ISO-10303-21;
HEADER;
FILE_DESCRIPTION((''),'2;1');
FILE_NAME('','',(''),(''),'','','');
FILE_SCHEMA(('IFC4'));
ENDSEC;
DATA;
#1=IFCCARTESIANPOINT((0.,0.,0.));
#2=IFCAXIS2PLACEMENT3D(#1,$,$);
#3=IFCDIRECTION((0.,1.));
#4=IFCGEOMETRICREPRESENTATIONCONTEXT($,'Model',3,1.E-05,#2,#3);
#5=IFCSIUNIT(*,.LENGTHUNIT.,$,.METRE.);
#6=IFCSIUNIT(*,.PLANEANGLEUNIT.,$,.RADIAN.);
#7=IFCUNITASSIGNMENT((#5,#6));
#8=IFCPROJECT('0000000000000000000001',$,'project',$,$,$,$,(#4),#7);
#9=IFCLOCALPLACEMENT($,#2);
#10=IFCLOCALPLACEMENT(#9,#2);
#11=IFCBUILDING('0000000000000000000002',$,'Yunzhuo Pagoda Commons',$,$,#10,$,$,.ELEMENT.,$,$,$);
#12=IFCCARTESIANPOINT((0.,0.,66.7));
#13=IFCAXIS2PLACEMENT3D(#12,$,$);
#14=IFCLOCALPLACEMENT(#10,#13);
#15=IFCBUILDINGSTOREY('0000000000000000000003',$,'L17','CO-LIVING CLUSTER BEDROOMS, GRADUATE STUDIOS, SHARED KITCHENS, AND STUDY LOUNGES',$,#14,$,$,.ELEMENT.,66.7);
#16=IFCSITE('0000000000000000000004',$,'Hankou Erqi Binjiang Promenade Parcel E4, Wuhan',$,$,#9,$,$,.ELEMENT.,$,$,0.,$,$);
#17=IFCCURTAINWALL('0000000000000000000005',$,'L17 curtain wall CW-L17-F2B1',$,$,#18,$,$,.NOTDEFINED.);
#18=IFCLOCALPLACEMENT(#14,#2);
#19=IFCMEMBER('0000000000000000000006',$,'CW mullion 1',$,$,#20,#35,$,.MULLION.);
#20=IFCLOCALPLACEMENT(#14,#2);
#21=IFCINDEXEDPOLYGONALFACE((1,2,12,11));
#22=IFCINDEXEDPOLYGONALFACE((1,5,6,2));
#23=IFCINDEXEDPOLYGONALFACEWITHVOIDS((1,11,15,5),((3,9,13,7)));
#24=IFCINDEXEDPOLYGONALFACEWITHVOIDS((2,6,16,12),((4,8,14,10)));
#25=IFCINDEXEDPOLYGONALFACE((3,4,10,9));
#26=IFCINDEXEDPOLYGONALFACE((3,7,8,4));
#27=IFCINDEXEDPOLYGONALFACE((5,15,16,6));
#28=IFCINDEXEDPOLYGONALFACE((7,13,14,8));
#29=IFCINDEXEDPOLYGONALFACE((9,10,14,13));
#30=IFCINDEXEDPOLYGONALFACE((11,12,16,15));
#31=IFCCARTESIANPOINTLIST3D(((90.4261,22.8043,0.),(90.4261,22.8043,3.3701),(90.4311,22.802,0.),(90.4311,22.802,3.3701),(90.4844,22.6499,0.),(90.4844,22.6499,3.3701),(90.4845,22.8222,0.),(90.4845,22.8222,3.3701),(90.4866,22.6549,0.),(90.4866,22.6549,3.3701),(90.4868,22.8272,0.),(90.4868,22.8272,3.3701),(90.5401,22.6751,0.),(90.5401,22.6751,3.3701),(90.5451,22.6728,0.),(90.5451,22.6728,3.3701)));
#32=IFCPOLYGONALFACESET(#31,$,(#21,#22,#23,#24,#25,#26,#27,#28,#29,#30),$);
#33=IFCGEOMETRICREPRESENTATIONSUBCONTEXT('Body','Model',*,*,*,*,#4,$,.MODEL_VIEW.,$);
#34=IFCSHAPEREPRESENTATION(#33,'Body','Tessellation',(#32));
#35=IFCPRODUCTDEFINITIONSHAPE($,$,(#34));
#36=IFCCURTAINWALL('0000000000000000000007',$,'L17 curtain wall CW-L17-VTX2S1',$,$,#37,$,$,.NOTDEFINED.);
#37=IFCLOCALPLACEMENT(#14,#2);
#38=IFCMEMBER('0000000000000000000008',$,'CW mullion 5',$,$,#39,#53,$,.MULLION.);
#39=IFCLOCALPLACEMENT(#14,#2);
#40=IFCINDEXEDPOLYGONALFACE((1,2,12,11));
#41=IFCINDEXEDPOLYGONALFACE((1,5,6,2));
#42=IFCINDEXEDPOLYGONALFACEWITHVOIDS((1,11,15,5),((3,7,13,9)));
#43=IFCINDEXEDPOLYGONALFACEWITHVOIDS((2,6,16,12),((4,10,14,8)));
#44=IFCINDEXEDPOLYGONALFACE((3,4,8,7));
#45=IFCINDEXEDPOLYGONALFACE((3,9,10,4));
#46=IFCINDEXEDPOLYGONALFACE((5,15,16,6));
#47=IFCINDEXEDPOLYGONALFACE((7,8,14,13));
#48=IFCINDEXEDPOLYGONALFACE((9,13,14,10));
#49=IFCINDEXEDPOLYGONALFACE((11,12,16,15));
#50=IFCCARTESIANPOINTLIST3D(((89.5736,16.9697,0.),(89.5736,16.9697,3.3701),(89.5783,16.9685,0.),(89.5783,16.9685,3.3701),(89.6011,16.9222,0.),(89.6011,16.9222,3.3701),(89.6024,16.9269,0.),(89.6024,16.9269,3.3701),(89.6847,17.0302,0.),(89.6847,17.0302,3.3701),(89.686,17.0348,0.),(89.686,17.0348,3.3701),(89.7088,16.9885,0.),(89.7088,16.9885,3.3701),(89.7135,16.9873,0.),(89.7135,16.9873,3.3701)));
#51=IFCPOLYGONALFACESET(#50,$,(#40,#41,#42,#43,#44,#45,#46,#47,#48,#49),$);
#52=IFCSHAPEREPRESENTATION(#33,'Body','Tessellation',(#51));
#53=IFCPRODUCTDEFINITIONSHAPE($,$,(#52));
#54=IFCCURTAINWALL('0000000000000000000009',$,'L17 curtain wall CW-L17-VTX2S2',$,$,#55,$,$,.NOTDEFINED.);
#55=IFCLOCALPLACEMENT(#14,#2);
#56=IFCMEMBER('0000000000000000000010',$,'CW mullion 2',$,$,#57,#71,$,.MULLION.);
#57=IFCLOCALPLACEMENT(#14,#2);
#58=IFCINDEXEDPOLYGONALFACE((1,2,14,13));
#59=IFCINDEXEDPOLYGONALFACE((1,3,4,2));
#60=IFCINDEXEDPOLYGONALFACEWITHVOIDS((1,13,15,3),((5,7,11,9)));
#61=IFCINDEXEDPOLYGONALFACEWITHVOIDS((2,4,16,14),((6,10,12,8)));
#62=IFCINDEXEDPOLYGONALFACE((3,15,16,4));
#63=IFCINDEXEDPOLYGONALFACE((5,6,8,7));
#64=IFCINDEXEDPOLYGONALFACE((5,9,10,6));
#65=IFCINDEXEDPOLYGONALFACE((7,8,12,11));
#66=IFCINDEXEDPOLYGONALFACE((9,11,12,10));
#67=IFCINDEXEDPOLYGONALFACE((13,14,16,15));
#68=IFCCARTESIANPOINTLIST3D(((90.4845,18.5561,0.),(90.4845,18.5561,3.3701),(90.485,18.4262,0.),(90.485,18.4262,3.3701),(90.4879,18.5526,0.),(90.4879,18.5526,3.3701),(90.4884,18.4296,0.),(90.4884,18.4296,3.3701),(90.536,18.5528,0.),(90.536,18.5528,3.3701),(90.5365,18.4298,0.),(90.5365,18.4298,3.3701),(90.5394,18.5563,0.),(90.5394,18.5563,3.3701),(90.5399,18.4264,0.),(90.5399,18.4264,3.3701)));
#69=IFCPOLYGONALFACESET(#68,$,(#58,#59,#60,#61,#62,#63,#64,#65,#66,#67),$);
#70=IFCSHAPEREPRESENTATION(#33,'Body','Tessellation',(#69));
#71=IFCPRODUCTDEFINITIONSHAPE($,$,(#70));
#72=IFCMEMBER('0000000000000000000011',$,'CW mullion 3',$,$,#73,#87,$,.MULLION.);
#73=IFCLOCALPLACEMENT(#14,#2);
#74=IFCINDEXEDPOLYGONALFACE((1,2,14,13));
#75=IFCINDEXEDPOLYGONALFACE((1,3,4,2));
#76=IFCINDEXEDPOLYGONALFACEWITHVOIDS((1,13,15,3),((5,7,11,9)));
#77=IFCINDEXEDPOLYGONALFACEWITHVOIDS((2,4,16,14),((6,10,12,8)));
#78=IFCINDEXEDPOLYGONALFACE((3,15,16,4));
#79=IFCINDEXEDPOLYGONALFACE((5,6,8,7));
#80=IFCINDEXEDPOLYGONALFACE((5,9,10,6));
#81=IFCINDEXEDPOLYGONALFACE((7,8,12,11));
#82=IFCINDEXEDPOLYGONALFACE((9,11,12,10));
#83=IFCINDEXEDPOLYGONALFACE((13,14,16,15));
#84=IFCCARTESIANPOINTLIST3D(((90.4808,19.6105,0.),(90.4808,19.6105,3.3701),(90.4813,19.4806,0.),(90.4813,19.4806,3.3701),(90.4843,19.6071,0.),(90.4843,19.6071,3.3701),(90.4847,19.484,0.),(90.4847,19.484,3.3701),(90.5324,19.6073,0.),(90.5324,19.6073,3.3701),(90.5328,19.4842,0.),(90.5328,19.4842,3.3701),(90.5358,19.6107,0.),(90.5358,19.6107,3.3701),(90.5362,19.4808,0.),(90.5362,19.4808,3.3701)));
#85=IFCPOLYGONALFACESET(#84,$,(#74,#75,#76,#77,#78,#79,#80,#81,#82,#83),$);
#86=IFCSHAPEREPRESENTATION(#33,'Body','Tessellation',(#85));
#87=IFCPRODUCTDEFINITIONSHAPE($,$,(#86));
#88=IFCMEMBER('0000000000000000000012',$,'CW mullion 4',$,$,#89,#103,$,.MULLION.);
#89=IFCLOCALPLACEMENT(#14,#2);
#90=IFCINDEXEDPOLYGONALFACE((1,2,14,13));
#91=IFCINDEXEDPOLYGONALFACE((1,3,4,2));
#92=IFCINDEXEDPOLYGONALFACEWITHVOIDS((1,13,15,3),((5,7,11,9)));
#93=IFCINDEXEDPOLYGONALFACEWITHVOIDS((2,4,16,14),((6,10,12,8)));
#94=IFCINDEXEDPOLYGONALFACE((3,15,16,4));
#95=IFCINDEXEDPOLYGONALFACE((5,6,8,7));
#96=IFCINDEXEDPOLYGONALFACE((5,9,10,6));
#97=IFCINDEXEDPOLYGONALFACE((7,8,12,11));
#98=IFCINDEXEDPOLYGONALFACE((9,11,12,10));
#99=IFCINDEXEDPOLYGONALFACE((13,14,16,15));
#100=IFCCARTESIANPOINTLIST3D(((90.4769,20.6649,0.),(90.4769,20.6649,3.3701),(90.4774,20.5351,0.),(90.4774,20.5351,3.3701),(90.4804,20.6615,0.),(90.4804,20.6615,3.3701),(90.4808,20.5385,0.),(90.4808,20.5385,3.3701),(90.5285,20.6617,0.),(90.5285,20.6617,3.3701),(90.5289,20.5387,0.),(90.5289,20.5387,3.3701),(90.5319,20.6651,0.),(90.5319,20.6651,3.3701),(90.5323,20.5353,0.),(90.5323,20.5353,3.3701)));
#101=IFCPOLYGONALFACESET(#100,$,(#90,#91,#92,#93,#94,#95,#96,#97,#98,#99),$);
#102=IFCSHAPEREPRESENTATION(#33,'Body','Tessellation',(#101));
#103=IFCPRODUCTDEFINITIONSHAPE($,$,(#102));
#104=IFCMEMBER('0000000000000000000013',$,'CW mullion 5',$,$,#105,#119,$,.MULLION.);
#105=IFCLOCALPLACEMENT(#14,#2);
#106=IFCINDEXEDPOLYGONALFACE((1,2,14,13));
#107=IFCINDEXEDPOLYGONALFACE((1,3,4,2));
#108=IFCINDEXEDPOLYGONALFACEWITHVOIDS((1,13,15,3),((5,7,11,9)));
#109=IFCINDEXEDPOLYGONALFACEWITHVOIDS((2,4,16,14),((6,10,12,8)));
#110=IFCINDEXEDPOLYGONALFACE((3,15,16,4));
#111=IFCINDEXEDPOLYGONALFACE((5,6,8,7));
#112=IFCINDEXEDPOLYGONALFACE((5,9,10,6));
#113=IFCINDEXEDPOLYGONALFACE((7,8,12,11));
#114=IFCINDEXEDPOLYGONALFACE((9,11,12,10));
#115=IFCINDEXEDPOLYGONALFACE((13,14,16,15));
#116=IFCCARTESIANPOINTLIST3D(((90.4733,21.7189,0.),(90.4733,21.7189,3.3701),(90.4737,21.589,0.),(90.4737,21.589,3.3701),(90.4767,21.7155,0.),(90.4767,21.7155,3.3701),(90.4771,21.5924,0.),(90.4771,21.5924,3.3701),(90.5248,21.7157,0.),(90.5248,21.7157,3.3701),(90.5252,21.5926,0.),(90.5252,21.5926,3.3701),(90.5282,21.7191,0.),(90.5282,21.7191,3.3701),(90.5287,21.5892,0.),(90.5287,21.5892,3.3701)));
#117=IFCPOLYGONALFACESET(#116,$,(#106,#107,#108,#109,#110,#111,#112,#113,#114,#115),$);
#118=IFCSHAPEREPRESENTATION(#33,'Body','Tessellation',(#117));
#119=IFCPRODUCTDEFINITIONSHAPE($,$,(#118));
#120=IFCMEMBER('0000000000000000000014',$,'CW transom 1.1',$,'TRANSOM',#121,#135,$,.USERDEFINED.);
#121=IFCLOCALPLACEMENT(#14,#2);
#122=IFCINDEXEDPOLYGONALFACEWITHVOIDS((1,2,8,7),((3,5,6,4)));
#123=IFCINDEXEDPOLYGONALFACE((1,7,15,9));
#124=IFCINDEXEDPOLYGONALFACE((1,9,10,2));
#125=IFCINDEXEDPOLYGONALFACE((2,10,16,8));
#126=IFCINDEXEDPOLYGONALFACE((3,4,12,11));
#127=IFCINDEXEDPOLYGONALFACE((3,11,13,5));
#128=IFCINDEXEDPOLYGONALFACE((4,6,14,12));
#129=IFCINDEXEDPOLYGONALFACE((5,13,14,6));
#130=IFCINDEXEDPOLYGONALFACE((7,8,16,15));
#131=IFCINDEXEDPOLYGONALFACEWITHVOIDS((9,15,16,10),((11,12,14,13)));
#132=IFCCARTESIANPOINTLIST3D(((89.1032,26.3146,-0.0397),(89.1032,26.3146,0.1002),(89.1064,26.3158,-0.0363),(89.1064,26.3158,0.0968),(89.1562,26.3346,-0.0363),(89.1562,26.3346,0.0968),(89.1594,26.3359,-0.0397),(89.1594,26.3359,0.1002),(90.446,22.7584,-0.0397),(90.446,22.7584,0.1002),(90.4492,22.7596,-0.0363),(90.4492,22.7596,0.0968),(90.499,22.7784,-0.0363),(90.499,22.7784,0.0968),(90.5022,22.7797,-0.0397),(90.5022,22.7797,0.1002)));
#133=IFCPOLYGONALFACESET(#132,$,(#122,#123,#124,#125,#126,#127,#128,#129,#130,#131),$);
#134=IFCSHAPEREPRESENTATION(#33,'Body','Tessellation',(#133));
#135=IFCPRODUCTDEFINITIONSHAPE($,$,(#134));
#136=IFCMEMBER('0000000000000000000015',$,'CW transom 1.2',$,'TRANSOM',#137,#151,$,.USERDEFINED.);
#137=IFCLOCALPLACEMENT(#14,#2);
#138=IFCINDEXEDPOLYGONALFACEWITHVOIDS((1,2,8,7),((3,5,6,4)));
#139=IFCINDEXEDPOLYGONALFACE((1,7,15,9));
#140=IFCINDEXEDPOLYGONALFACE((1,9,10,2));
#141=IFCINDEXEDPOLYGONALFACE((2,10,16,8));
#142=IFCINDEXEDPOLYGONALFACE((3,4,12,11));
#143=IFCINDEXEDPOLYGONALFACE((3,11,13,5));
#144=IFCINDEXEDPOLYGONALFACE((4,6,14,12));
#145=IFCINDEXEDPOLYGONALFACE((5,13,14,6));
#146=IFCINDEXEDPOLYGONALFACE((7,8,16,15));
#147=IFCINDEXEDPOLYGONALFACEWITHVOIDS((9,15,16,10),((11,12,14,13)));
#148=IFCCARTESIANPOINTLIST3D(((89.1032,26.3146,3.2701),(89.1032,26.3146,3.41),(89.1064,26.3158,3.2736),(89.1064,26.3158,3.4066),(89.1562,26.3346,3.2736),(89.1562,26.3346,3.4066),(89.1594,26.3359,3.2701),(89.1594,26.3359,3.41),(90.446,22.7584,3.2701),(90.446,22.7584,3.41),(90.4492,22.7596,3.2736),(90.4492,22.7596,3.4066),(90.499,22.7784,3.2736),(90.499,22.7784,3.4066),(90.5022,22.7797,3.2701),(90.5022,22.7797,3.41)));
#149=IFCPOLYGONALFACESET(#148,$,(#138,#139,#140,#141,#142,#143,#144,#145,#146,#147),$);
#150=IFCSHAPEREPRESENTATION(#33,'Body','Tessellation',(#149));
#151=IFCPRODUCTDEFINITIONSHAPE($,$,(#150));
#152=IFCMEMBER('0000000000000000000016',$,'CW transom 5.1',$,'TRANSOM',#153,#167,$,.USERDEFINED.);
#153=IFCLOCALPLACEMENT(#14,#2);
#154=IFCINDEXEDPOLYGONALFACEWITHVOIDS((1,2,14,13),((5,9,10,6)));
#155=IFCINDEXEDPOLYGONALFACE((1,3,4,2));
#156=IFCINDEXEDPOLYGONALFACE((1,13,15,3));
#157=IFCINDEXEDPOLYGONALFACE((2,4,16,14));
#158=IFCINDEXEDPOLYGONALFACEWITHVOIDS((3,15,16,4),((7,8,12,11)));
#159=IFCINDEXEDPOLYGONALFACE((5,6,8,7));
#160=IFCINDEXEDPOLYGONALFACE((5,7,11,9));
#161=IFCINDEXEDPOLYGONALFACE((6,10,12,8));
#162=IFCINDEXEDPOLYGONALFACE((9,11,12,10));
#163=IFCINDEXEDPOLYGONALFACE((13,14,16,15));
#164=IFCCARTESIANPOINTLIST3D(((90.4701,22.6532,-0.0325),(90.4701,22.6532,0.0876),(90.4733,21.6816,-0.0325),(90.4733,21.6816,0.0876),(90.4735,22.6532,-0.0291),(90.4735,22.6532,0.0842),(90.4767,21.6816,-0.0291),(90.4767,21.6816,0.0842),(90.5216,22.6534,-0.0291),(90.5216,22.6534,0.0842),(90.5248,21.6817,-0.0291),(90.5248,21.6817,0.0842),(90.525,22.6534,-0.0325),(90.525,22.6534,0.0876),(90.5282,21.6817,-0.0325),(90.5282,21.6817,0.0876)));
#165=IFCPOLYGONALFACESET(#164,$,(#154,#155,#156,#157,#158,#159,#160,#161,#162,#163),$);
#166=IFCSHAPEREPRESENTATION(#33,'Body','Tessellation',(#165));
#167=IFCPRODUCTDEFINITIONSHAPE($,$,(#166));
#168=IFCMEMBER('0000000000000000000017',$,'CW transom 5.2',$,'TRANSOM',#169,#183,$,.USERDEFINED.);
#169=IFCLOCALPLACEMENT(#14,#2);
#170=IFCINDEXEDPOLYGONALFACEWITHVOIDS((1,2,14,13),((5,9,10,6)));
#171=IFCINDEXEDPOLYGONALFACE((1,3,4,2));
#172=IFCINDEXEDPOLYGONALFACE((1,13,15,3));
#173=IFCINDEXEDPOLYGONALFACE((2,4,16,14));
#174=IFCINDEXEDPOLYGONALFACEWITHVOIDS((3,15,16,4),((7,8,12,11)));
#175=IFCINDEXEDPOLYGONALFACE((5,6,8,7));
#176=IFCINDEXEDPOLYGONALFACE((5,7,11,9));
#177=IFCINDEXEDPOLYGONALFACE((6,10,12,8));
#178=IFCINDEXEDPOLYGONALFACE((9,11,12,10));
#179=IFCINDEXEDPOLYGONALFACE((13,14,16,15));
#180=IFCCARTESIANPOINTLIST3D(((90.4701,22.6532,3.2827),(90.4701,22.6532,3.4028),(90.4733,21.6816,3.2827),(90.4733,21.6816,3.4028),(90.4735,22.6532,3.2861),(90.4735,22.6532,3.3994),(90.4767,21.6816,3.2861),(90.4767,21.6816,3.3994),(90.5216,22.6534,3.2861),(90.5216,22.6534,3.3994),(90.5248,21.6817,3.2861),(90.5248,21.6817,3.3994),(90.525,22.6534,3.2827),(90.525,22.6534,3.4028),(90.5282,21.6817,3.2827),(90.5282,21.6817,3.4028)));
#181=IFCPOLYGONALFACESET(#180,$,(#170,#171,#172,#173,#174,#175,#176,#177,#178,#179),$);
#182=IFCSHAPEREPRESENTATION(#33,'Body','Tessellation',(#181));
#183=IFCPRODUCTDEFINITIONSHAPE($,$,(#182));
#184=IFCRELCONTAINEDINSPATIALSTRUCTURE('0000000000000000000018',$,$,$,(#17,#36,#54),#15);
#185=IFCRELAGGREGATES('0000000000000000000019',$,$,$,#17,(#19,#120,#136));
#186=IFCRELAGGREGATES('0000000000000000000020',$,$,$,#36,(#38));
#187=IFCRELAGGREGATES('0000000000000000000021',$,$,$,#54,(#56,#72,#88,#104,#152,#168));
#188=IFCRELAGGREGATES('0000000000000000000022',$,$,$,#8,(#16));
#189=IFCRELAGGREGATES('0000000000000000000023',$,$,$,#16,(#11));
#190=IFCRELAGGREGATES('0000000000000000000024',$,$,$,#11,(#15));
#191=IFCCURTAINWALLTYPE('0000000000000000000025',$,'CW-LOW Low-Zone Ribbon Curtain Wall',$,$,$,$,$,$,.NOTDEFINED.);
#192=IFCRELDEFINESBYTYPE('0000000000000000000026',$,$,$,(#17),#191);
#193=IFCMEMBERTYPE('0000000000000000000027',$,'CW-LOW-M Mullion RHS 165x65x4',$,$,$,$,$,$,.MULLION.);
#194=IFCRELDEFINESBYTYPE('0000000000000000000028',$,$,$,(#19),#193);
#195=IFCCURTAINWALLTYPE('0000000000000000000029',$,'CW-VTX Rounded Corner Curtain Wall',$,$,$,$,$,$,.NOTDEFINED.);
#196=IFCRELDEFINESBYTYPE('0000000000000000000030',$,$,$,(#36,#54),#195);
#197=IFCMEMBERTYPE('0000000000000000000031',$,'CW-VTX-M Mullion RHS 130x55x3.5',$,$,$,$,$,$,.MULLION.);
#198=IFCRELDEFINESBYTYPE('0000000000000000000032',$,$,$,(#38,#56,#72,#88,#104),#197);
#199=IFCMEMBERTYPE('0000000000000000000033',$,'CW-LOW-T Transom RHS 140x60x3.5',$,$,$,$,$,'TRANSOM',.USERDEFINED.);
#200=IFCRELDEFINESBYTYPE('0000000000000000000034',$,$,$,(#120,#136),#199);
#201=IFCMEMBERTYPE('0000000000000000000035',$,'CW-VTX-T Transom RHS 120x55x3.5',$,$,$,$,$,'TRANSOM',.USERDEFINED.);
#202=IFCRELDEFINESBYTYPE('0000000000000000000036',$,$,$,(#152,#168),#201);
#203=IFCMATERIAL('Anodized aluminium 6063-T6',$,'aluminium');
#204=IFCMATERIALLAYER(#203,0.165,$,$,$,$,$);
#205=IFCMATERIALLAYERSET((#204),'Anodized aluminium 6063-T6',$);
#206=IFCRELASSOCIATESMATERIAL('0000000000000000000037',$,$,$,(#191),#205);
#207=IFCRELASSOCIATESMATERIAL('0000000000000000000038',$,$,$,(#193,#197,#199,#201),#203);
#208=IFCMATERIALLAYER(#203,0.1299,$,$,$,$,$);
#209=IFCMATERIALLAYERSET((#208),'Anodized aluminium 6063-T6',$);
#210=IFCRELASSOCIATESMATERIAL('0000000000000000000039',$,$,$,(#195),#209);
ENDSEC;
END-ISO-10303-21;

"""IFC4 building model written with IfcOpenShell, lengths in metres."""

from ifc_helpers import new_model, si_unit, direction, frame, origin, origin_2d, place, context, subcontext, project, spatial, hollow_rectangle, extrude, source, transform, mapped, material, layer, layer_set, material_profile, profile_set, type_object, element, aggregate, save


model = new_model("IFC4")

# Units and contexts
model_context = context("Model", 3, precision=1e-05, world=origin(), true_north=direction((0.0, 1.0)))
body_context = subcontext(model_context, "Body", "Model", "MODEL_VIEW")
ifc_project = project(units=[si_unit("LENGTHUNIT", "METRE"), si_unit("PLANEANGLEUNIT", "RADIAN")], contexts=[model_context])

# Site, building, storey
site_placement = place(None, origin())
site = spatial("IfcSite", under=ifc_project, at=site_placement, Name="Hankou Erqi Binjiang Promenade Parcel E4, Wuhan", CompositionType="ELEMENT", RefElevation=0.0)
building_placement = place(site_placement, origin())
building = spatial("IfcBuilding", under=site, at=building_placement, Name="Yunzhuo Pagoda Commons", CompositionType="ELEMENT")
storey_placement = place(building_placement, frame((0.0, 0.0, 66.7)))
storey = spatial("IfcBuildingStorey", under=building, at=storey_placement, Name="L17", Description="CO-LIVING CLUSTER BEDROOMS, GRADUATE STUDIOS, SHARED KITCHENS, AND STUDY LOUNGES", CompositionType="ELEMENT", Elevation=66.7)

# Curtain walls, members
ifc_material_1 = material(Name="Anodized aluminium 6063-T6", Category="aluminium")
ifc_layer_1 = layer(ifc_material_1, 0.165)
ifc_layer_set_1 = layer_set([ifc_layer_1], Name="Anodized aluminium 6063-T6")
curtain_wall_type_1 = type_object("IfcCurtainWallType", Name="CW-LOW Low-Zone Ribbon Curtain Wall", PredefinedType="NOTDEFINED", material=ifc_layer_set_1)
curtain_wall_1_placement = place(storey_placement, origin())
curtain_wall_1 = element("IfcCurtainWall", 1, at=curtain_wall_1_placement, inside=storey, type_object=curtain_wall_type_1, Name="L17 curtain wall CW-L17-F2B1", PredefinedType="NOTDEFINED")
ifc_material_profile_1 = material_profile(ifc_material_1, hollow_rectangle(XDim=0.0649, YDim=0.165, WallThickness=0.0039, at=origin_2d()), Name="Anodized aluminium 6063-T6")
ifc_profile_set_1 = profile_set([ifc_material_profile_1], Name="Anodized aluminium 6063-T6")
member_type_1 = type_object("IfcMemberType", Name="CW-LOW-M Mullion RHS 165x65x4", PredefinedType="MULLION", material=ifc_profile_set_1)
shared_shape_1 = source(origin(), body_context, "Body", "SweptSolid", [
    extrude(hollow_rectangle(XDim=0.0649, YDim=0.165, WallThickness=0.0039, at=origin_2d()), origin(), (0.0, 0.0, 1.0), 3.3701),
])
member_1_placement = place(storey_placement, frame((90.4856, 22.7385, 0.0), z_axis=(0.0, 0.0, 1.0), x_axis=(-0.935513, -0.353291, 0.0)))
member_1 = element("IfcMember", 2, at=member_1_placement, type_object=member_type_1, Name="CW mullion 1", PredefinedType="MULLION", context=body_context, shape_type="MappedRepresentation", body=[
    mapped(shared_shape_1, transform((0.0, 0.0, 0.0), scale=1.0)),
])
ifc_layer_2 = layer(ifc_material_1, 0.1299)
ifc_layer_set_2 = layer_set([ifc_layer_2], Name="Anodized aluminium 6063-T6")
curtain_wall_type_2 = type_object("IfcCurtainWallType", Name="CW-VTX Rounded Corner Curtain Wall", PredefinedType="NOTDEFINED", material=ifc_layer_set_2)
curtain_wall_2_placement = place(storey_placement, origin())
curtain_wall_2 = element("IfcCurtainWall", 3, at=curtain_wall_2_placement, inside=storey, type_object=curtain_wall_type_2, Name="L17 curtain wall CW-L17-VTX2S1", PredefinedType="NOTDEFINED")
ifc_material_profile_2 = material_profile(ifc_material_1, hollow_rectangle(XDim=0.0549, YDim=0.1299, WallThickness=0.0034, at=origin_2d()), Name="Anodized aluminium 6063-T6")
ifc_profile_set_2 = profile_set([ifc_material_profile_2], Name="Anodized aluminium 6063-T6")
member_type_2 = type_object("IfcMemberType", Name="CW-VTX-M Mullion RHS 130x55x3.5", PredefinedType="MULLION", material=ifc_profile_set_2)
shared_shape_2 = source(origin(), body_context, "Body", "SweptSolid", [
    extrude(hollow_rectangle(XDim=0.0549, YDim=0.1299, WallThickness=0.0034, at=origin_2d()), origin(), (0.0, 0.0, 1.0), 3.3701),
])
member_2_placement = place(storey_placement, frame((89.6436, 16.9785, 0.0), z_axis=(0.0, 0.0, 1.0), x_axis=(-0.501039, 0.865425, 0.0)))
member_2 = element("IfcMember", 4, at=member_2_placement, type_object=member_type_2, Name="CW mullion 5", PredefinedType="MULLION", context=body_context, shape_type="MappedRepresentation", body=[
    mapped(shared_shape_2, transform((0.0, 0.0, 0.0), scale=1.0)),
])

# Curtain wall, members
curtain_wall_3_placement = place(storey_placement, origin())
curtain_wall_3 = element("IfcCurtainWall", 5, at=curtain_wall_3_placement, inside=storey, type_object=curtain_wall_type_2, Name="L17 curtain wall CW-L17-VTX2S2", PredefinedType="NOTDEFINED")
member_3_placement = place(storey_placement, frame((90.5122, 18.4912, 0.0), z_axis=(0.0, 0.0, 1.0), x_axis=(-0.999994, -0.003586, 0.0)))
member_3 = element("IfcMember", 6, at=member_3_placement, type_object=member_type_2, Name="CW mullion 2", PredefinedType="MULLION", context=body_context, shape_type="MappedRepresentation", body=[
    mapped(shared_shape_2, transform((0.0, 0.0, 0.0), scale=1.0)),
])
member_4_placement = place(storey_placement, frame((90.5085, 19.5457, 0.0), z_axis=(0.0, 0.0, 1.0), x_axis=(-0.999994, -0.003586, 0.0)))
member_4 = element("IfcMember", 7, at=member_4_placement, type_object=member_type_2, Name="CW mullion 3", PredefinedType="MULLION", context=body_context, shape_type="MappedRepresentation", body=[
    mapped(shared_shape_2, transform((0.0, 0.0, 0.0), scale=1.0)),
])
member_5_placement = place(storey_placement, frame((90.5046, 20.6001, 0.0), z_axis=(0.0, 0.0, 1.0), x_axis=(-0.999994, -0.003586, 0.0)))
member_5 = element("IfcMember", 8, at=member_5_placement, type_object=member_type_2, Name="CW mullion 4", PredefinedType="MULLION", context=body_context, shape_type="MappedRepresentation", body=[
    mapped(shared_shape_2, transform((0.0, 0.0, 0.0), scale=1.0)),
])
member_6_placement = place(storey_placement, frame((90.501, 21.6541, 0.0), z_axis=(0.0, 0.0, 1.0), x_axis=(-0.999994, -0.003586, 0.0)))
member_6 = element("IfcMember", 9, at=member_6_placement, type_object=member_type_2, Name="CW mullion 5", PredefinedType="MULLION", context=body_context, shape_type="MappedRepresentation", body=[
    mapped(shared_shape_2, transform((0.0, 0.0, 0.0), scale=1.0)),
])

# Members
ifc_material_profile_3 = material_profile(ifc_material_1, hollow_rectangle(XDim=0.0601, YDim=0.1399, WallThickness=0.0034, at=origin_2d()), Name="Anodized aluminium 6063-T6")
ifc_profile_set_3 = profile_set([ifc_material_profile_3], Name="Anodized aluminium 6063-T6")
member_type_3 = type_object("IfcMemberType", Name="CW-LOW-T Transom RHS 140x60x3.5", ElementType="TRANSOM", PredefinedType="USERDEFINED", material=ifc_profile_set_3)
shared_shape_3 = source(origin(), body_context, "Body", "SweptSolid", [
    extrude(hollow_rectangle(XDim=0.0601, YDim=0.1399, WallThickness=0.0034, at=origin_2d()), origin(), (0.0, 0.0, 1.0), 3.8013),
])
member_7_placement = place(storey_placement, frame((90.4741, 22.769, 0.0303), z_axis=(-0.353248, 0.93553, 0.0), x_axis=(-0.93553, -0.353248, 0.0)))
member_7 = element("IfcMember", 10, at=member_7_placement, type_object=member_type_3, Name="CW transom 1.1", ObjectType="TRANSOM", PredefinedType="USERDEFINED", context=body_context, shape_type="MappedRepresentation", body=[
    mapped(shared_shape_3, transform((0.0, 0.0, 0.0), scale=1.0)),
])
member_8_placement = place(storey_placement, frame((90.4741, 22.769, 3.3401), z_axis=(-0.353248, 0.93553, 0.0), x_axis=(-0.93553, -0.353248, 0.0)))
member_8 = element("IfcMember", 11, at=member_8_placement, type_object=member_type_3, Name="CW transom 1.2", ObjectType="TRANSOM", PredefinedType="USERDEFINED", context=body_context, shape_type="MappedRepresentation", body=[
    mapped(shared_shape_3, transform((0.0, 0.0, 0.0), scale=1.0)),
])
ifc_material_profile_4 = material_profile(ifc_material_1, hollow_rectangle(XDim=0.0549, YDim=0.1201, WallThickness=0.0034, at=origin_2d()), Name="Anodized aluminium 6063-T6")
ifc_profile_set_4 = profile_set([ifc_material_profile_4], Name="Anodized aluminium 6063-T6")
member_type_4 = type_object("IfcMemberType", Name="CW-VTX-T Transom RHS 120x55x3.5", ElementType="TRANSOM", PredefinedType="USERDEFINED", material=ifc_profile_set_4)
shared_shape_4 = source(origin(), body_context, "Body", "SweptSolid", [
    extrude(hollow_rectangle(XDim=0.0549, YDim=0.1201, WallThickness=0.0034, at=origin_2d()), origin(), (0.0, 0.0, 1.0), 0.9717),
])
member_9_placement = place(storey_placement, frame((90.5007, 21.6816, 0.0276), z_axis=(-0.003266, 0.999995, 0.0), x_axis=(-0.999995, -0.003266, 0.0)))
member_9 = element("IfcMember", 12, at=member_9_placement, type_object=member_type_4, Name="CW transom 5.1", ObjectType="TRANSOM", PredefinedType="USERDEFINED", context=body_context, shape_type="MappedRepresentation", body=[
    mapped(shared_shape_4, transform((0.0, 0.0, 0.0), scale=1.0)),
])
member_10_placement = place(storey_placement, frame((90.5007, 21.6816, 3.3428), z_axis=(-0.003266, 0.999995, 0.0), x_axis=(-0.999995, -0.003266, 0.0)))
member_10 = element("IfcMember", 13, at=member_10_placement, type_object=member_type_4, Name="CW transom 5.2", ObjectType="TRANSOM", PredefinedType="USERDEFINED", context=body_context, shape_type="MappedRepresentation", body=[
    mapped(shared_shape_4, transform((0.0, 0.0, 0.0), scale=1.0)),
])

aggregate(curtain_wall_1, [member_1, member_7, member_8])
aggregate(curtain_wall_2, [member_2])
aggregate(curtain_wall_3, [member_3, member_4, member_5, member_6, member_9, member_10])

save(model, "model.ifc")
